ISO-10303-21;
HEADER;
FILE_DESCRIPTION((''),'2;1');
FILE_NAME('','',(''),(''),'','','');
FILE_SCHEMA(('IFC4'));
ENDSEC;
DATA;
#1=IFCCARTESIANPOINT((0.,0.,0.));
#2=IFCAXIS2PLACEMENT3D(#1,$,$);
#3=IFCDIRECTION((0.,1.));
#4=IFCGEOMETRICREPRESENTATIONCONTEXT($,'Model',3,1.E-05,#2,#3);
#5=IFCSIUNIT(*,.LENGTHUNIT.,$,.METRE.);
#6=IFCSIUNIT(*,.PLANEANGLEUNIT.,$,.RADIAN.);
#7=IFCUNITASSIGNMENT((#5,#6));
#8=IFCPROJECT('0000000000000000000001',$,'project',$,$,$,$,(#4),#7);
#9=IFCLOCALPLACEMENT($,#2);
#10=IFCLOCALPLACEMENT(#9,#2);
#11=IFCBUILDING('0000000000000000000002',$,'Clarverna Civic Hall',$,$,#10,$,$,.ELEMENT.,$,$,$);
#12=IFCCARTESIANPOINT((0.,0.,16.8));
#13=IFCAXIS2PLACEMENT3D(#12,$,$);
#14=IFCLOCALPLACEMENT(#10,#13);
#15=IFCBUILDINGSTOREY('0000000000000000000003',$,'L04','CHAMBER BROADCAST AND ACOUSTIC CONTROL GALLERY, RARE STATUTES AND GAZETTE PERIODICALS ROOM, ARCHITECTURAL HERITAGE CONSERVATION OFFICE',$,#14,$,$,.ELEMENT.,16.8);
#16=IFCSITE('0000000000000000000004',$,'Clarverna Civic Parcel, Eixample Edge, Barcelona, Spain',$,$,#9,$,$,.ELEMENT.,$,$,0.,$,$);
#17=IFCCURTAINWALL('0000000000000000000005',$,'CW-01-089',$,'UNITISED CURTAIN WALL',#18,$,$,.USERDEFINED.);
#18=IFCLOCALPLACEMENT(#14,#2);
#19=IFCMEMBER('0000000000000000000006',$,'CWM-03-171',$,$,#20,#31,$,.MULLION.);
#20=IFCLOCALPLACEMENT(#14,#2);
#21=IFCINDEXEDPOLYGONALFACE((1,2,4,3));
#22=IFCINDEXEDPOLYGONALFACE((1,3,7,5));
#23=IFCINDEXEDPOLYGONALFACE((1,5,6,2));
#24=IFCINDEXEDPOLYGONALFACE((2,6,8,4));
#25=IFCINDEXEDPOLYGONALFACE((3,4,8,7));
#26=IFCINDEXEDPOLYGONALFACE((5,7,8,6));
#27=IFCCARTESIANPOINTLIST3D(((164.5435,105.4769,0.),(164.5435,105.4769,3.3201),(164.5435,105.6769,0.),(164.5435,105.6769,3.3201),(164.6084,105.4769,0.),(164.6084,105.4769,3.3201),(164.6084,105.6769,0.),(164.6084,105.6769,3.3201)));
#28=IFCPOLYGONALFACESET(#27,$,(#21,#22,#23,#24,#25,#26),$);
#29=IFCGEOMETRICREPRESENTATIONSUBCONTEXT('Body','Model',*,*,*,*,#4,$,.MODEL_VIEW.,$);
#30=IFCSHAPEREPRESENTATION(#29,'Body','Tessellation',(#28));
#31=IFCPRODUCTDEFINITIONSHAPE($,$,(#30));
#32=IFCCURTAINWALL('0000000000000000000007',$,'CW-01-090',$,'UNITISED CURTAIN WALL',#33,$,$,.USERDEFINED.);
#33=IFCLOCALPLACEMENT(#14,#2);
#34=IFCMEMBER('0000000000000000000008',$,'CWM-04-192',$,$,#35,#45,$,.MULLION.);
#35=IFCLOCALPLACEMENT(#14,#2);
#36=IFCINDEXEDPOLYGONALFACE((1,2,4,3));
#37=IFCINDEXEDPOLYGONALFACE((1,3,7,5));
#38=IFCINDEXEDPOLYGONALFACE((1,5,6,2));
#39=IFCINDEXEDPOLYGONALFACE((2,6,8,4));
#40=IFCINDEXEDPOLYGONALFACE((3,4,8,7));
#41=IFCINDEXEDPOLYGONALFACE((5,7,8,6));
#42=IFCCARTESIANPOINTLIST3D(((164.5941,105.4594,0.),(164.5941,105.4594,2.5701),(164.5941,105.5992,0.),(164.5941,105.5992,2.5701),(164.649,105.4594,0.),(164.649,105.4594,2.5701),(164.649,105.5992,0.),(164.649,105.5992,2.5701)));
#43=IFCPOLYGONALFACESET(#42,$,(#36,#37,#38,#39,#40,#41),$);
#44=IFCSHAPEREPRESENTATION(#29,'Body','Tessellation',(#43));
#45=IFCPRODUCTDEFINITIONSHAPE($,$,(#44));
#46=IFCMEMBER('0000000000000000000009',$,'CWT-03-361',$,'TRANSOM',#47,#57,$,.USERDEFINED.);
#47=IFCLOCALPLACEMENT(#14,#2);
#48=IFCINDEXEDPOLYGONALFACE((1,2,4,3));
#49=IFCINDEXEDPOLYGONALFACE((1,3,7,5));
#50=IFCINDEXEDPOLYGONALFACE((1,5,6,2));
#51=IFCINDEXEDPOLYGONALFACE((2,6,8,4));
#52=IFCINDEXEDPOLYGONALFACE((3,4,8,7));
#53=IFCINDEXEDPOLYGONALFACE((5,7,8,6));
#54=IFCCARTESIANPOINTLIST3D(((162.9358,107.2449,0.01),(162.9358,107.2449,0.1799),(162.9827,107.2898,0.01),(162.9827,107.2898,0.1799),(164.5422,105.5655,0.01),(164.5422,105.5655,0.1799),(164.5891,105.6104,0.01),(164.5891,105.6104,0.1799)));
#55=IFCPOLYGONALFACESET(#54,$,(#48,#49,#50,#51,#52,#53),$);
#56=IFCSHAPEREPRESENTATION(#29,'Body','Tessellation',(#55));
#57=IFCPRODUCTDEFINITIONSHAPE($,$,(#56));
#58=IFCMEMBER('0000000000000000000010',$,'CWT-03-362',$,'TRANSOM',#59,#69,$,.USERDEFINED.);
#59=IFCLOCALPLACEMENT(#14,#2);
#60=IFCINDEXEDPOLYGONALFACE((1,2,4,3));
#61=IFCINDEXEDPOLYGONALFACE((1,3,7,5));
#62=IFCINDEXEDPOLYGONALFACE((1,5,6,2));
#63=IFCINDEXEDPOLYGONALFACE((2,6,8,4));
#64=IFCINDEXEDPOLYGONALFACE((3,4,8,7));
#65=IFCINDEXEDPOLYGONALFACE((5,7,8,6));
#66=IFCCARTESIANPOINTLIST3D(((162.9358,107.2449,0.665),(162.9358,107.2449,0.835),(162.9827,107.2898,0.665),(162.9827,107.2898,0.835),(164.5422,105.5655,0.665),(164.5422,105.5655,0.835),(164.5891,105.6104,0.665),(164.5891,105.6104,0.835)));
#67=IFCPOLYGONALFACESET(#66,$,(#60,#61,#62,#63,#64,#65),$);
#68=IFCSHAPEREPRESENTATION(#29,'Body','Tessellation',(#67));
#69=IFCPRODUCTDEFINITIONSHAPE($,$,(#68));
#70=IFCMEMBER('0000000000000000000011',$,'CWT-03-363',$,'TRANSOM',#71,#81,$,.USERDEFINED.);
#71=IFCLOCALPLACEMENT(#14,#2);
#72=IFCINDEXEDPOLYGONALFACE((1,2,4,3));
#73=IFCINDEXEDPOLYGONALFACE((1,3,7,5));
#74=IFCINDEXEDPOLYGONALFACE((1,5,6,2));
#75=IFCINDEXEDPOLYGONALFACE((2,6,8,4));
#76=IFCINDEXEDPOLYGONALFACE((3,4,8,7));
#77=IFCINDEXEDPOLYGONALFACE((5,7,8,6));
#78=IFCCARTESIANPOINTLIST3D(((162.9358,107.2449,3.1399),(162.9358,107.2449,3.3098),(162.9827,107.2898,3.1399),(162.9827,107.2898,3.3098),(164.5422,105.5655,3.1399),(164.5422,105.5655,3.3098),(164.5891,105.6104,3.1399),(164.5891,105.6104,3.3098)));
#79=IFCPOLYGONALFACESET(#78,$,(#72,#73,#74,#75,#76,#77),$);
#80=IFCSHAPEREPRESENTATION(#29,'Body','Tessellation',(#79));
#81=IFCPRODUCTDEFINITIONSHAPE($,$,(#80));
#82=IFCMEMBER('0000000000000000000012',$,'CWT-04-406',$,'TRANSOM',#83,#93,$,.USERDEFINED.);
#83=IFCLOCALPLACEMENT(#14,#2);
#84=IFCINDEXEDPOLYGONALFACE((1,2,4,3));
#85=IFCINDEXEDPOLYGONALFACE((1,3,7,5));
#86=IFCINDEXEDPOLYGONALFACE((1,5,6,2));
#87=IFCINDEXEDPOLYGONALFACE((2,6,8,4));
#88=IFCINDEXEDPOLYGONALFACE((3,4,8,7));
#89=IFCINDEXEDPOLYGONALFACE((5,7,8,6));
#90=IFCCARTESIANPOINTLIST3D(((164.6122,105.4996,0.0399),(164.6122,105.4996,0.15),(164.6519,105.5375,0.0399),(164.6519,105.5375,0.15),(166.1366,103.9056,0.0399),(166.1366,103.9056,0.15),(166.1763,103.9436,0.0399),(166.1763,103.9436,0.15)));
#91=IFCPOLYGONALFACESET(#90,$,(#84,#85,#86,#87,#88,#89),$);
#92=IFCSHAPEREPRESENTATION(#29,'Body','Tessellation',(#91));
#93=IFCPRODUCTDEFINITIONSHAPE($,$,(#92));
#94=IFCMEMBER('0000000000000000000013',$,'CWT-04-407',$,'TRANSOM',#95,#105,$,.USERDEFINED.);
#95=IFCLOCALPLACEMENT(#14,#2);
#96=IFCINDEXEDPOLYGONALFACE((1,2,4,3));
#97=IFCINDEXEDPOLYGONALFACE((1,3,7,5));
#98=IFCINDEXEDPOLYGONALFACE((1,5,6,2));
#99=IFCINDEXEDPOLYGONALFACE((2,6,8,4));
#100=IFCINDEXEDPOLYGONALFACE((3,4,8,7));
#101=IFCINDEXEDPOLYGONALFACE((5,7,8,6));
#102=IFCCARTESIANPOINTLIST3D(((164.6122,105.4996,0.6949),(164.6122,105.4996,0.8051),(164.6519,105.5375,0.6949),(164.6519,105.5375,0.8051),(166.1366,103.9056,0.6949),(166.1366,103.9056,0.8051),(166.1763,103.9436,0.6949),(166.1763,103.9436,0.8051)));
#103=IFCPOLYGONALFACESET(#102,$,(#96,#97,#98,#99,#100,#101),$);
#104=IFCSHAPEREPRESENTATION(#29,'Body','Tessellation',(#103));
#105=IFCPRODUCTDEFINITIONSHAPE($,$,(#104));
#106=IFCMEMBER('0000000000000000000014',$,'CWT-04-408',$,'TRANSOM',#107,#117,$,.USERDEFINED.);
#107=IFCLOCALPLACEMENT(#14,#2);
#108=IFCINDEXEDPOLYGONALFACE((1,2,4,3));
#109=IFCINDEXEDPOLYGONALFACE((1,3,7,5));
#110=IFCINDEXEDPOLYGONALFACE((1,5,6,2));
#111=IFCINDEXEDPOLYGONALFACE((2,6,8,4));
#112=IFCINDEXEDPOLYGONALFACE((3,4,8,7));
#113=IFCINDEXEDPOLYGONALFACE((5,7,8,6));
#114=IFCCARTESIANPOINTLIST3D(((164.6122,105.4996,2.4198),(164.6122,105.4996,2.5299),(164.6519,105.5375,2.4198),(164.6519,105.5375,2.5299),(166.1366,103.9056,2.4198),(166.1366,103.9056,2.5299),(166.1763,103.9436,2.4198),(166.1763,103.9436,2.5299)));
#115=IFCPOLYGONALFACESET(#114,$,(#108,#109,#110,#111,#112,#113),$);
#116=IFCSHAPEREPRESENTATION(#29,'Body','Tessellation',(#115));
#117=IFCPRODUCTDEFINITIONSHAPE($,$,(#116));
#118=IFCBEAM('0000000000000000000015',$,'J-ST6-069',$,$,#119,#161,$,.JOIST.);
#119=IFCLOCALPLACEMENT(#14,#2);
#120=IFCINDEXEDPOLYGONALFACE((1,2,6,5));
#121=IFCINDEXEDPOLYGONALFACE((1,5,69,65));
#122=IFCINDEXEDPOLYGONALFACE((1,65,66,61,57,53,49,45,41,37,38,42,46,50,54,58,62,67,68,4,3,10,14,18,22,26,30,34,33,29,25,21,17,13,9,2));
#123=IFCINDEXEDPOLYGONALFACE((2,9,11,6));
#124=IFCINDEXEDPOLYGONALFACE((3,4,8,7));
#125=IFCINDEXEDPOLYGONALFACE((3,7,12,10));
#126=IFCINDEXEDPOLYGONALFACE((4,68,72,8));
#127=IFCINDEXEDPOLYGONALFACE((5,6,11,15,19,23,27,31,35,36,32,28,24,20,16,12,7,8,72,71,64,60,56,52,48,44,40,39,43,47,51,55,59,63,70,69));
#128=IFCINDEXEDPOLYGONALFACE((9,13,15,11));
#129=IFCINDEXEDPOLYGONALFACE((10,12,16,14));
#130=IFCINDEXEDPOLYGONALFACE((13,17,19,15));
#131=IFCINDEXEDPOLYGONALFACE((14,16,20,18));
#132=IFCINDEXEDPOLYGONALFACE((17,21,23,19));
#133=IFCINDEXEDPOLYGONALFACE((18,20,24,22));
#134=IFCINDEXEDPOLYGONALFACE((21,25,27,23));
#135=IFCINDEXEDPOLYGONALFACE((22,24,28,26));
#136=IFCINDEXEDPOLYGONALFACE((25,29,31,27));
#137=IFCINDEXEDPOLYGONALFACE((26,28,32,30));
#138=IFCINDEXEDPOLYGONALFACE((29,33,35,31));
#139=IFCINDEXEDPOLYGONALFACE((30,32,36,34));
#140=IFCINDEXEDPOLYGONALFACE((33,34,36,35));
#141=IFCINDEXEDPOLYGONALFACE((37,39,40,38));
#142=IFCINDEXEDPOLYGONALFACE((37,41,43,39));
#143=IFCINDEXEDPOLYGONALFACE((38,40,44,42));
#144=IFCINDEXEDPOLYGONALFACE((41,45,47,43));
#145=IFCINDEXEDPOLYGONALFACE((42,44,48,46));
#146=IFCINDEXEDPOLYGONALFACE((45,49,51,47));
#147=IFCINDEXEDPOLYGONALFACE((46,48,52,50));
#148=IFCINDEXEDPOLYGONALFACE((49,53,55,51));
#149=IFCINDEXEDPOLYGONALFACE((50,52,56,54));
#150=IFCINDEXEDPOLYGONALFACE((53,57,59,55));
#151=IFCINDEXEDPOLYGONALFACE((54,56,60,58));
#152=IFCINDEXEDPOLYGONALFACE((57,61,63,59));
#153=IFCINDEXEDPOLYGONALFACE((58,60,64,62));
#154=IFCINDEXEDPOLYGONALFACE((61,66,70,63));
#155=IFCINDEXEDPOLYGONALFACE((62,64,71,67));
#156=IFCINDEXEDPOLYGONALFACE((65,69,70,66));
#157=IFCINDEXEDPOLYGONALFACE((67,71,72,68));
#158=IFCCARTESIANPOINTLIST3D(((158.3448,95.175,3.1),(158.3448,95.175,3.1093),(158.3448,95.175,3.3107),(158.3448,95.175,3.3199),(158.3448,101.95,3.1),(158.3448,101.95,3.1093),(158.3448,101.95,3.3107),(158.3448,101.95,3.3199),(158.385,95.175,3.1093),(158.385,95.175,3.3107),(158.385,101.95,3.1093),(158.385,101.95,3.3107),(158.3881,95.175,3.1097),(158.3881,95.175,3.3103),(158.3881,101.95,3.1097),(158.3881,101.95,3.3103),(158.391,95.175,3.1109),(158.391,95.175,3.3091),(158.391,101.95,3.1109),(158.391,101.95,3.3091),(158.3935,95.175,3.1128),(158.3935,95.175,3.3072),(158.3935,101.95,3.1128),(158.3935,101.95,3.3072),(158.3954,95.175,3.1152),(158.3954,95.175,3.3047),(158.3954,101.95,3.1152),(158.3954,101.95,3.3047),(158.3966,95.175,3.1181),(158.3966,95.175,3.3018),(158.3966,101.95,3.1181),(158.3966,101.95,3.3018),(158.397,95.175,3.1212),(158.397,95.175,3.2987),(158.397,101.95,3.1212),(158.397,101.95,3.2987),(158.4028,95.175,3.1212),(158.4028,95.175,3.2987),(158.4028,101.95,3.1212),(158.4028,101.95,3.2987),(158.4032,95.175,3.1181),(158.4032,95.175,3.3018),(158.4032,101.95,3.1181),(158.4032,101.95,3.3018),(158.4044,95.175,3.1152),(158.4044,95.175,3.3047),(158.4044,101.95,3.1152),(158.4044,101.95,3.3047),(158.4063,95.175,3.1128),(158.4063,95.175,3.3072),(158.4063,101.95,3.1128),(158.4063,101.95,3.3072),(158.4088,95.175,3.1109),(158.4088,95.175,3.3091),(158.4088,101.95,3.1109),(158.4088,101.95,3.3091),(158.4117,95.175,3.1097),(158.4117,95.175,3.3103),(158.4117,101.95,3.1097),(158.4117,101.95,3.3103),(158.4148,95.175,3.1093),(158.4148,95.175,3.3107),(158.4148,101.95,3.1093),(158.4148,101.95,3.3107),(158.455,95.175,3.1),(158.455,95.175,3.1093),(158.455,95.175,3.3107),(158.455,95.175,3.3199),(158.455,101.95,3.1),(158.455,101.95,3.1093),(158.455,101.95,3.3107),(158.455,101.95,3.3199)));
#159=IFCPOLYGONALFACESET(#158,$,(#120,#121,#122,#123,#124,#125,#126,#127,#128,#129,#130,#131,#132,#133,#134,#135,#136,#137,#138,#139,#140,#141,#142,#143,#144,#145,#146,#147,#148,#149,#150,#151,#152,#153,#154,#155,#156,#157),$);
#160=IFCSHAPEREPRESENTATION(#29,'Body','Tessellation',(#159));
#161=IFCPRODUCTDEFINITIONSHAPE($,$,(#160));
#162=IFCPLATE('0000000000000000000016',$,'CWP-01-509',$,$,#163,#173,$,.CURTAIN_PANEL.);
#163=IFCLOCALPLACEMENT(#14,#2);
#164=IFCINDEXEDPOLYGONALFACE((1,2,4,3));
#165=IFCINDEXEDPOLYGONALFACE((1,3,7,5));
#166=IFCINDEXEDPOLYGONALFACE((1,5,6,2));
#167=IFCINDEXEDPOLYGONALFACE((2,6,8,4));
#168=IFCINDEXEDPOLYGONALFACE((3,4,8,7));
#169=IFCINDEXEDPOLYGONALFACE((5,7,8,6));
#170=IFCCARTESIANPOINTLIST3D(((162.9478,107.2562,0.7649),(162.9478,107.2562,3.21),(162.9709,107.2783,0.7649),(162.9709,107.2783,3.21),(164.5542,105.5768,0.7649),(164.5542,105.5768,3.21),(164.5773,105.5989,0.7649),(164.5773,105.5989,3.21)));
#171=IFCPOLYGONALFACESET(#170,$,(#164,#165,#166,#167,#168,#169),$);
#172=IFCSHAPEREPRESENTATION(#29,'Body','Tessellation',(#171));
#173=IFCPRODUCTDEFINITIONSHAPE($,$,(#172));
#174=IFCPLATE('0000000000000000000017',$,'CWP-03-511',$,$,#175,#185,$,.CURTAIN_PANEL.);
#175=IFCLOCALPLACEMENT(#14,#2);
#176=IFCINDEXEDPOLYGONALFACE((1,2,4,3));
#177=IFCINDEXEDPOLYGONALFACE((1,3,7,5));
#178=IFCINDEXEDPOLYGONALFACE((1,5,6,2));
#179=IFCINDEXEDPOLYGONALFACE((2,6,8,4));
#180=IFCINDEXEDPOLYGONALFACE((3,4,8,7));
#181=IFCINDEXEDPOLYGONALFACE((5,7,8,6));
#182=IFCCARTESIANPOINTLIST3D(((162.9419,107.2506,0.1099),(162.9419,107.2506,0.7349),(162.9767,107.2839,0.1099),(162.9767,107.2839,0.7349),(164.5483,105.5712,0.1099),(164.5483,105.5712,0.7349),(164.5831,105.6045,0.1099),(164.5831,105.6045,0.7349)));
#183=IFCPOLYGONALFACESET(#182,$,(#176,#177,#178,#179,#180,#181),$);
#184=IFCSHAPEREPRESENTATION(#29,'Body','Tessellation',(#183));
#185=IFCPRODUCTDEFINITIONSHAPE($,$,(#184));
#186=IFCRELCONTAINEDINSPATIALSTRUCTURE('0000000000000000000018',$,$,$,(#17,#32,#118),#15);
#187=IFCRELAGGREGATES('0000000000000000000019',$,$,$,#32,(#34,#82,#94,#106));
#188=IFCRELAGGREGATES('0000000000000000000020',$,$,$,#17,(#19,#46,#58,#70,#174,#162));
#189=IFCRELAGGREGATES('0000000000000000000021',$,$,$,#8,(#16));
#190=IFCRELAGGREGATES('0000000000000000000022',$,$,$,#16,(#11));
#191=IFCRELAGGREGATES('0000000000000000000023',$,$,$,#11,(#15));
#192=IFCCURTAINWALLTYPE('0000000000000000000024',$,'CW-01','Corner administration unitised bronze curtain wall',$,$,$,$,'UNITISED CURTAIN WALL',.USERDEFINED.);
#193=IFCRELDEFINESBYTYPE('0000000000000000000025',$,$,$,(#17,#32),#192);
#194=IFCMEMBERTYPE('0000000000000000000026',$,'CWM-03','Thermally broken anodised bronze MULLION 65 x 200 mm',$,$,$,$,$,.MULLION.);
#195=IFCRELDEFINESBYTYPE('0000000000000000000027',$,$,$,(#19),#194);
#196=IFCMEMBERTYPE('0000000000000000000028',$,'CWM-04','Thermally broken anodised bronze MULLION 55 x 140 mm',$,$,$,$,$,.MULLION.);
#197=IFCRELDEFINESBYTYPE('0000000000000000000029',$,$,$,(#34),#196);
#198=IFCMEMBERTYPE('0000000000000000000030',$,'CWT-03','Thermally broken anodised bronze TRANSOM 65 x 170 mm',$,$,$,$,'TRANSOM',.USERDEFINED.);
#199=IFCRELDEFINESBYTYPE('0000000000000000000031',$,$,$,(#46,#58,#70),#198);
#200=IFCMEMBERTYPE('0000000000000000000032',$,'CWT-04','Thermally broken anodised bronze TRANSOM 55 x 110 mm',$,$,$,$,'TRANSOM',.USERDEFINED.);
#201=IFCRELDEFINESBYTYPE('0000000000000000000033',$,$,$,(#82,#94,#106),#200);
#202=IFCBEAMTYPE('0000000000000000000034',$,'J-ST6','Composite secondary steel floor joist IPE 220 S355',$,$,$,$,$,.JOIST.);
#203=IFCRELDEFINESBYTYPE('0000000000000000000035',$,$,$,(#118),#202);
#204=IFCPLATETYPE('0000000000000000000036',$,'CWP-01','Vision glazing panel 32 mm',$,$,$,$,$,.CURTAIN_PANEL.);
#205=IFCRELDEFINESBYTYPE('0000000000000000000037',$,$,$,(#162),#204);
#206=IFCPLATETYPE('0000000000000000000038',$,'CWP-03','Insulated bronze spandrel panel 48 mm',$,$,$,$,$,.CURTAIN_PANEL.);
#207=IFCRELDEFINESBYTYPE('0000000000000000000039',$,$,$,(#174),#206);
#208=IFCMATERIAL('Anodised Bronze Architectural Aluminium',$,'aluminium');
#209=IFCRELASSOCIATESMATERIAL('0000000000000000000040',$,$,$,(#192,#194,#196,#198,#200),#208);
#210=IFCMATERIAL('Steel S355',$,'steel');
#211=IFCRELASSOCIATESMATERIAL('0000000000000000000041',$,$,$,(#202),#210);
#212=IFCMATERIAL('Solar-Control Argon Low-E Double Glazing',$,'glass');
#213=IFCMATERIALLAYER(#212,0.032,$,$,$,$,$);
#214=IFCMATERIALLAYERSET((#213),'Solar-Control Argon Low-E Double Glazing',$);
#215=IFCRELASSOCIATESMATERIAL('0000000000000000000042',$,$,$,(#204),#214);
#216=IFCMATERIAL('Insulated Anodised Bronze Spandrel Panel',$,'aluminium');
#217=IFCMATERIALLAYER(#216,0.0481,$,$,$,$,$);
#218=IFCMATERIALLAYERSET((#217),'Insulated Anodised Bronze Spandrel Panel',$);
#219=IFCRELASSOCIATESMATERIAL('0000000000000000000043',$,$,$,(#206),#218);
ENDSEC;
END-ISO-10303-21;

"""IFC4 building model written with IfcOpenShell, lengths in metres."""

from ifc_helpers import new_model, si_unit, direction, frame, frame_2d, origin, origin_2d, place, context, subcontext, project, spatial, rectangle, i_section, extrude, material, layer, layer_set, material_profile, profile_set, type_object, element, aggregate, save


model = new_model("IFC4")

# Units and contexts
model_context = context("Model", 3, precision=1e-05, world=origin(), true_north=direction((0.0, 1.0)))
body_context = subcontext(model_context, "Body", "Model", "MODEL_VIEW")
ifc_project = project(units=[si_unit("LENGTHUNIT", "METRE"), si_unit("PLANEANGLEUNIT", "RADIAN")], contexts=[model_context])

# Site, building, storey
site_placement = place(None, origin())
site = spatial("IfcSite", under=ifc_project, at=site_placement, Name="Clarverna Civic Parcel, Eixample Edge, Barcelona, Spain", CompositionType="ELEMENT", RefElevation=0.0)
building_placement = place(site_placement, origin())
building = spatial("IfcBuilding", under=site, at=building_placement, Name="Clarverna Civic Hall", CompositionType="ELEMENT")
storey_placement = place(building_placement, frame((0.0, 0.0, 16.8)))
storey = spatial("IfcBuildingStorey", under=building, at=storey_placement, Name="L04", Description="CHAMBER BROADCAST AND ACOUSTIC CONTROL GALLERY, RARE STATUTES AND GAZETTE PERIODICALS ROOM, ARCHITECTURAL HERITAGE CONSERVATION OFFICE", CompositionType="ELEMENT", Elevation=16.8)

# Shared definitions
ifc_material_1 = material(Name="Steel S355", Category="steel")

# Curtain walls, members
ifc_material_2 = material(Name="Anodised Bronze Architectural Aluminium", Category="aluminium")
curtain_wall_type = type_object("IfcCurtainWallType", Name="CW-01", Description="Corner administration unitised bronze curtain wall", ElementType="UNITISED CURTAIN WALL", PredefinedType="USERDEFINED", material=ifc_material_2)
curtain_wall_1_placement = place(storey_placement, origin())
curtain_wall_1 = element("IfcCurtainWall", 1, at=curtain_wall_1_placement, inside=storey, type_object=curtain_wall_type, Name="CW-01-089", ObjectType="UNITISED CURTAIN WALL", PredefinedType="USERDEFINED")
ifc_material_profile_1 = material_profile(ifc_material_2, rectangle(XDim=0.0649, YDim=0.2, at=origin_2d()), Name="BRONZE 65x200")
ifc_profile_set_1 = profile_set([ifc_material_profile_1], Name="Anodised Bronze Architectural Aluminium")
member_type_1 = type_object("IfcMemberType", Name="CWM-03", Description="Thermally broken anodised bronze MULLION 65 x 200 mm", PredefinedType="MULLION", material=ifc_profile_set_1)
member_1_placement = place(storey_placement, frame((164.5759, 105.5769, 0.0), z_axis=(0.0, 0.0, 1.0), x_axis=(1.0, 0.0, 0.0)))
member_1 = element("IfcMember", 2, at=member_1_placement, type_object=member_type_1, Name="CWM-03-171", PredefinedType="MULLION", context=body_context, shape_type="SweptSolid", body=[
    extrude(rectangle(XDim=0.0649, YDim=0.2, at=origin_2d()), origin(), (0.0, 0.0, 1.0), 3.3201),
])
curtain_wall_2_placement = place(storey_placement, origin())
curtain_wall_2 = element("IfcCurtainWall", 3, at=curtain_wall_2_placement, inside=storey, type_object=curtain_wall_type, Name="CW-01-090", ObjectType="UNITISED CURTAIN WALL", PredefinedType="USERDEFINED")
ifc_material_profile_2 = material_profile(ifc_material_2, rectangle(XDim=0.0549, YDim=0.1399, at=origin_2d()), Name="BRONZE 55x140")
ifc_profile_set_2 = profile_set([ifc_material_profile_2], Name="Anodised Bronze Architectural Aluminium")
member_type_2 = type_object("IfcMemberType", Name="CWM-04", Description="Thermally broken anodised bronze MULLION 55 x 140 mm", PredefinedType="MULLION", material=ifc_profile_set_2)
member_2_placement = place(storey_placement, frame((164.6216, 105.5293, 0.0), z_axis=(0.0, 0.0, 1.0), x_axis=(1.0, 0.0, 0.0)))
member_2 = element("IfcMember", 4, at=member_2_placement, type_object=member_type_2, Name="CWM-04-192", PredefinedType="MULLION", context=body_context, shape_type="SweptSolid", body=[
    extrude(rectangle(XDim=0.0549, YDim=0.1399, at=origin_2d()), origin(), (0.0, 0.0, 1.0), 2.5701),
])

# Members
ifc_material_profile_3 = material_profile(ifc_material_2, rectangle(XDim=0.0649, YDim=0.1699, at=origin_2d()), Name="BRONZE 65x170")
ifc_profile_set_3 = profile_set([ifc_material_profile_3], Name="Anodised Bronze Architectural Aluminium")
member_type_3 = type_object("IfcMemberType", Name="CWT-03", Description="Thermally broken anodised bronze TRANSOM 65 x 170 mm", ElementType="TRANSOM", PredefinedType="USERDEFINED", material=ifc_profile_set_3)
member_3_placement = place(storey_placement, frame((162.9592, 107.2673, 0.095), z_axis=(0.691227, -0.722637, 0.0), x_axis=(0.722637, 0.691227, 0.0)))
member_3 = element("IfcMember", 5, at=member_3_placement, type_object=member_type_3, Name="CWT-03-361", ObjectType="TRANSOM", PredefinedType="USERDEFINED", context=body_context, shape_type="SweptSolid", body=[
    extrude(rectangle(XDim=0.0649, YDim=0.1699, at=origin_2d()), origin(), (0.0, 0.0, 1.0), 2.324),
])
member_4_placement = place(storey_placement, frame((162.9592, 107.2673, 0.75), z_axis=(0.691227, -0.722637, 0.0), x_axis=(0.722637, 0.691227, 0.0)))
member_4 = element("IfcMember", 6, at=member_4_placement, type_object=member_type_3, Name="CWT-03-362", ObjectType="TRANSOM", PredefinedType="USERDEFINED", context=body_context, shape_type="SweptSolid", body=[
    extrude(rectangle(XDim=0.0649, YDim=0.1699, at=origin_2d()), origin(), (0.0, 0.0, 1.0), 2.324),
])
member_5_placement = place(storey_placement, frame((162.9592, 107.2673, 3.2249), z_axis=(0.691227, -0.722637, 0.0), x_axis=(0.722637, 0.691227, 0.0)))
member_5 = element("IfcMember", 7, at=member_5_placement, type_object=member_type_3, Name="CWT-03-363", ObjectType="TRANSOM", PredefinedType="USERDEFINED", context=body_context, shape_type="SweptSolid", body=[
    extrude(rectangle(XDim=0.0649, YDim=0.1699, at=origin_2d()), origin(), (0.0, 0.0, 1.0), 2.324),
])
ifc_material_profile_4 = material_profile(ifc_material_2, rectangle(XDim=0.0549, YDim=0.1101, at=origin_2d()), Name="BRONZE 55x110")
ifc_profile_set_4 = profile_set([ifc_material_profile_4], Name="Anodised Bronze Architectural Aluminium")
member_type_4 = type_object("IfcMemberType", Name="CWT-04", Description="Thermally broken anodised bronze TRANSOM 55 x 110 mm", ElementType="TRANSOM", PredefinedType="USERDEFINED", material=ifc_profile_set_4)
member_6_placement = place(storey_placement, frame((164.6321, 105.5186, 0.095), z_axis=(0.691157, -0.722704, 0.0), x_axis=(0.722704, 0.691157, 0.0)))
member_6 = element("IfcMember", 8, at=member_6_placement, type_object=member_type_4, Name="CWT-04-406", ObjectType="TRANSOM", PredefinedType="USERDEFINED", context=body_context, shape_type="SweptSolid", body=[
    extrude(rectangle(XDim=0.0549, YDim=0.1101, at=origin_2d()), origin(), (0.0, 0.0, 1.0), 2.2056),
])
member_7_placement = place(storey_placement, frame((164.6321, 105.5186, 0.75), z_axis=(0.691157, -0.722704, 0.0), x_axis=(0.722704, 0.691157, 0.0)))
member_7 = element("IfcMember", 9, at=member_7_placement, type_object=member_type_4, Name="CWT-04-407", ObjectType="TRANSOM", PredefinedType="USERDEFINED", context=body_context, shape_type="SweptSolid", body=[
    extrude(rectangle(XDim=0.0549, YDim=0.1101, at=origin_2d()), origin(), (0.0, 0.0, 1.0), 2.2056),
])
member_8_placement = place(storey_placement, frame((164.6321, 105.5186, 2.4749), z_axis=(0.691157, -0.722704, 0.0), x_axis=(0.722704, 0.691157, 0.0)))
member_8 = element("IfcMember", 10, at=member_8_placement, type_object=member_type_4, Name="CWT-04-408", ObjectType="TRANSOM", PredefinedType="USERDEFINED", context=body_context, shape_type="SweptSolid", body=[
    extrude(rectangle(XDim=0.0549, YDim=0.1101, at=origin_2d()), origin(), (0.0, 0.0, 1.0), 2.2056),
])
aggregate(curtain_wall_2, [member_2, member_6, member_7, member_8])

# Beam
ifc_material_profile_5 = material_profile(ifc_material_1, i_section(OverallWidth=0.1101, OverallDepth=0.22, WebThickness=0.0059, FlangeThickness=0.0093, FilletRadius=0.012, at=origin_2d()), Name="IPE 220")
ifc_profile_set_5 = profile_set([ifc_material_profile_5], Name="Steel S355")
beam_type_1 = type_object("IfcBeamType", Name="J-ST6", Description="Composite secondary steel floor joist IPE 220 S355", PredefinedType="JOIST", material=ifc_profile_set_5)
beam_1_placement = place(storey_placement, frame((158.3999, 95.175, 3.21), z_axis=(0.0, 1.0, 0.0), x_axis=(-1.0, 0.0, 0.0)))
element("IfcBeam", 11, at=beam_1_placement, inside=storey, type_object=beam_type_1, Name="J-ST6-069", PredefinedType="JOIST", context=body_context, shape_type="SweptSolid", body=[
    extrude(i_section(OverallWidth=0.1101, OverallDepth=0.22, WebThickness=0.0059, FlangeThickness=0.0093, FilletRadius=0.012, at=origin_2d()), origin(), (0.0, 0.0, 1.0), 6.7749),
])

# Plates
ifc_material_3 = material(Name="Solar-Control Argon Low-E Double Glazing", Category="glass")
ifc_layer_1 = layer(ifc_material_3, 0.032)
ifc_layer_set_1 = layer_set([ifc_layer_1], Name="Solar-Control Argon Low-E Double Glazing")
plate_type_1 = type_object("IfcPlateType", Name="CWP-01", Description="Vision glazing panel 32 mm", PredefinedType="CURTAIN_PANEL", material=ifc_layer_set_1)
plate_1_placement = place(storey_placement, frame((162.9592, 107.2673, 0.7649), z_axis=(0.0, 0.0, 1.0), x_axis=(0.691227, -0.722637, 0.0)))
plate_1 = element("IfcPlate", 12, at=plate_1_placement, type_object=plate_type_1, Name="CWP-01-509", PredefinedType="CURTAIN_PANEL", context=body_context, shape_type="SweptSolid", body=[
    extrude(rectangle(XDim=2.324, YDim=0.032, at=frame_2d((1.1621, 0.0))), origin(), (0.0, 0.0, 1.0), 2.4451),
])
ifc_material_4 = material(Name="Insulated Anodised Bronze Spandrel Panel", Category="aluminium")
ifc_layer_2 = layer(ifc_material_4, 0.0481)
ifc_layer_set_2 = layer_set([ifc_layer_2], Name="Insulated Anodised Bronze Spandrel Panel")
plate_type_2 = type_object("IfcPlateType", Name="CWP-03", Description="Insulated bronze spandrel panel 48 mm", PredefinedType="CURTAIN_PANEL", material=ifc_layer_set_2)
plate_2_placement = place(storey_placement, frame((162.9592, 107.2673, 0.1099), z_axis=(0.0, 0.0, 1.0), x_axis=(0.691227, -0.722637, 0.0)))
plate_2 = element("IfcPlate", 13, at=plate_2_placement, type_object=plate_type_2, Name="CWP-03-511", PredefinedType="CURTAIN_PANEL", context=body_context, shape_type="SweptSolid", body=[
    extrude(rectangle(XDim=2.324, YDim=0.0481, at=frame_2d((1.1621, 0.0))), origin(), (0.0, 0.0, 1.0), 0.625),
])
aggregate(curtain_wall_1, [member_1, member_3, member_4, member_5, plate_2, plate_1])

save(model, "model.ifc")
